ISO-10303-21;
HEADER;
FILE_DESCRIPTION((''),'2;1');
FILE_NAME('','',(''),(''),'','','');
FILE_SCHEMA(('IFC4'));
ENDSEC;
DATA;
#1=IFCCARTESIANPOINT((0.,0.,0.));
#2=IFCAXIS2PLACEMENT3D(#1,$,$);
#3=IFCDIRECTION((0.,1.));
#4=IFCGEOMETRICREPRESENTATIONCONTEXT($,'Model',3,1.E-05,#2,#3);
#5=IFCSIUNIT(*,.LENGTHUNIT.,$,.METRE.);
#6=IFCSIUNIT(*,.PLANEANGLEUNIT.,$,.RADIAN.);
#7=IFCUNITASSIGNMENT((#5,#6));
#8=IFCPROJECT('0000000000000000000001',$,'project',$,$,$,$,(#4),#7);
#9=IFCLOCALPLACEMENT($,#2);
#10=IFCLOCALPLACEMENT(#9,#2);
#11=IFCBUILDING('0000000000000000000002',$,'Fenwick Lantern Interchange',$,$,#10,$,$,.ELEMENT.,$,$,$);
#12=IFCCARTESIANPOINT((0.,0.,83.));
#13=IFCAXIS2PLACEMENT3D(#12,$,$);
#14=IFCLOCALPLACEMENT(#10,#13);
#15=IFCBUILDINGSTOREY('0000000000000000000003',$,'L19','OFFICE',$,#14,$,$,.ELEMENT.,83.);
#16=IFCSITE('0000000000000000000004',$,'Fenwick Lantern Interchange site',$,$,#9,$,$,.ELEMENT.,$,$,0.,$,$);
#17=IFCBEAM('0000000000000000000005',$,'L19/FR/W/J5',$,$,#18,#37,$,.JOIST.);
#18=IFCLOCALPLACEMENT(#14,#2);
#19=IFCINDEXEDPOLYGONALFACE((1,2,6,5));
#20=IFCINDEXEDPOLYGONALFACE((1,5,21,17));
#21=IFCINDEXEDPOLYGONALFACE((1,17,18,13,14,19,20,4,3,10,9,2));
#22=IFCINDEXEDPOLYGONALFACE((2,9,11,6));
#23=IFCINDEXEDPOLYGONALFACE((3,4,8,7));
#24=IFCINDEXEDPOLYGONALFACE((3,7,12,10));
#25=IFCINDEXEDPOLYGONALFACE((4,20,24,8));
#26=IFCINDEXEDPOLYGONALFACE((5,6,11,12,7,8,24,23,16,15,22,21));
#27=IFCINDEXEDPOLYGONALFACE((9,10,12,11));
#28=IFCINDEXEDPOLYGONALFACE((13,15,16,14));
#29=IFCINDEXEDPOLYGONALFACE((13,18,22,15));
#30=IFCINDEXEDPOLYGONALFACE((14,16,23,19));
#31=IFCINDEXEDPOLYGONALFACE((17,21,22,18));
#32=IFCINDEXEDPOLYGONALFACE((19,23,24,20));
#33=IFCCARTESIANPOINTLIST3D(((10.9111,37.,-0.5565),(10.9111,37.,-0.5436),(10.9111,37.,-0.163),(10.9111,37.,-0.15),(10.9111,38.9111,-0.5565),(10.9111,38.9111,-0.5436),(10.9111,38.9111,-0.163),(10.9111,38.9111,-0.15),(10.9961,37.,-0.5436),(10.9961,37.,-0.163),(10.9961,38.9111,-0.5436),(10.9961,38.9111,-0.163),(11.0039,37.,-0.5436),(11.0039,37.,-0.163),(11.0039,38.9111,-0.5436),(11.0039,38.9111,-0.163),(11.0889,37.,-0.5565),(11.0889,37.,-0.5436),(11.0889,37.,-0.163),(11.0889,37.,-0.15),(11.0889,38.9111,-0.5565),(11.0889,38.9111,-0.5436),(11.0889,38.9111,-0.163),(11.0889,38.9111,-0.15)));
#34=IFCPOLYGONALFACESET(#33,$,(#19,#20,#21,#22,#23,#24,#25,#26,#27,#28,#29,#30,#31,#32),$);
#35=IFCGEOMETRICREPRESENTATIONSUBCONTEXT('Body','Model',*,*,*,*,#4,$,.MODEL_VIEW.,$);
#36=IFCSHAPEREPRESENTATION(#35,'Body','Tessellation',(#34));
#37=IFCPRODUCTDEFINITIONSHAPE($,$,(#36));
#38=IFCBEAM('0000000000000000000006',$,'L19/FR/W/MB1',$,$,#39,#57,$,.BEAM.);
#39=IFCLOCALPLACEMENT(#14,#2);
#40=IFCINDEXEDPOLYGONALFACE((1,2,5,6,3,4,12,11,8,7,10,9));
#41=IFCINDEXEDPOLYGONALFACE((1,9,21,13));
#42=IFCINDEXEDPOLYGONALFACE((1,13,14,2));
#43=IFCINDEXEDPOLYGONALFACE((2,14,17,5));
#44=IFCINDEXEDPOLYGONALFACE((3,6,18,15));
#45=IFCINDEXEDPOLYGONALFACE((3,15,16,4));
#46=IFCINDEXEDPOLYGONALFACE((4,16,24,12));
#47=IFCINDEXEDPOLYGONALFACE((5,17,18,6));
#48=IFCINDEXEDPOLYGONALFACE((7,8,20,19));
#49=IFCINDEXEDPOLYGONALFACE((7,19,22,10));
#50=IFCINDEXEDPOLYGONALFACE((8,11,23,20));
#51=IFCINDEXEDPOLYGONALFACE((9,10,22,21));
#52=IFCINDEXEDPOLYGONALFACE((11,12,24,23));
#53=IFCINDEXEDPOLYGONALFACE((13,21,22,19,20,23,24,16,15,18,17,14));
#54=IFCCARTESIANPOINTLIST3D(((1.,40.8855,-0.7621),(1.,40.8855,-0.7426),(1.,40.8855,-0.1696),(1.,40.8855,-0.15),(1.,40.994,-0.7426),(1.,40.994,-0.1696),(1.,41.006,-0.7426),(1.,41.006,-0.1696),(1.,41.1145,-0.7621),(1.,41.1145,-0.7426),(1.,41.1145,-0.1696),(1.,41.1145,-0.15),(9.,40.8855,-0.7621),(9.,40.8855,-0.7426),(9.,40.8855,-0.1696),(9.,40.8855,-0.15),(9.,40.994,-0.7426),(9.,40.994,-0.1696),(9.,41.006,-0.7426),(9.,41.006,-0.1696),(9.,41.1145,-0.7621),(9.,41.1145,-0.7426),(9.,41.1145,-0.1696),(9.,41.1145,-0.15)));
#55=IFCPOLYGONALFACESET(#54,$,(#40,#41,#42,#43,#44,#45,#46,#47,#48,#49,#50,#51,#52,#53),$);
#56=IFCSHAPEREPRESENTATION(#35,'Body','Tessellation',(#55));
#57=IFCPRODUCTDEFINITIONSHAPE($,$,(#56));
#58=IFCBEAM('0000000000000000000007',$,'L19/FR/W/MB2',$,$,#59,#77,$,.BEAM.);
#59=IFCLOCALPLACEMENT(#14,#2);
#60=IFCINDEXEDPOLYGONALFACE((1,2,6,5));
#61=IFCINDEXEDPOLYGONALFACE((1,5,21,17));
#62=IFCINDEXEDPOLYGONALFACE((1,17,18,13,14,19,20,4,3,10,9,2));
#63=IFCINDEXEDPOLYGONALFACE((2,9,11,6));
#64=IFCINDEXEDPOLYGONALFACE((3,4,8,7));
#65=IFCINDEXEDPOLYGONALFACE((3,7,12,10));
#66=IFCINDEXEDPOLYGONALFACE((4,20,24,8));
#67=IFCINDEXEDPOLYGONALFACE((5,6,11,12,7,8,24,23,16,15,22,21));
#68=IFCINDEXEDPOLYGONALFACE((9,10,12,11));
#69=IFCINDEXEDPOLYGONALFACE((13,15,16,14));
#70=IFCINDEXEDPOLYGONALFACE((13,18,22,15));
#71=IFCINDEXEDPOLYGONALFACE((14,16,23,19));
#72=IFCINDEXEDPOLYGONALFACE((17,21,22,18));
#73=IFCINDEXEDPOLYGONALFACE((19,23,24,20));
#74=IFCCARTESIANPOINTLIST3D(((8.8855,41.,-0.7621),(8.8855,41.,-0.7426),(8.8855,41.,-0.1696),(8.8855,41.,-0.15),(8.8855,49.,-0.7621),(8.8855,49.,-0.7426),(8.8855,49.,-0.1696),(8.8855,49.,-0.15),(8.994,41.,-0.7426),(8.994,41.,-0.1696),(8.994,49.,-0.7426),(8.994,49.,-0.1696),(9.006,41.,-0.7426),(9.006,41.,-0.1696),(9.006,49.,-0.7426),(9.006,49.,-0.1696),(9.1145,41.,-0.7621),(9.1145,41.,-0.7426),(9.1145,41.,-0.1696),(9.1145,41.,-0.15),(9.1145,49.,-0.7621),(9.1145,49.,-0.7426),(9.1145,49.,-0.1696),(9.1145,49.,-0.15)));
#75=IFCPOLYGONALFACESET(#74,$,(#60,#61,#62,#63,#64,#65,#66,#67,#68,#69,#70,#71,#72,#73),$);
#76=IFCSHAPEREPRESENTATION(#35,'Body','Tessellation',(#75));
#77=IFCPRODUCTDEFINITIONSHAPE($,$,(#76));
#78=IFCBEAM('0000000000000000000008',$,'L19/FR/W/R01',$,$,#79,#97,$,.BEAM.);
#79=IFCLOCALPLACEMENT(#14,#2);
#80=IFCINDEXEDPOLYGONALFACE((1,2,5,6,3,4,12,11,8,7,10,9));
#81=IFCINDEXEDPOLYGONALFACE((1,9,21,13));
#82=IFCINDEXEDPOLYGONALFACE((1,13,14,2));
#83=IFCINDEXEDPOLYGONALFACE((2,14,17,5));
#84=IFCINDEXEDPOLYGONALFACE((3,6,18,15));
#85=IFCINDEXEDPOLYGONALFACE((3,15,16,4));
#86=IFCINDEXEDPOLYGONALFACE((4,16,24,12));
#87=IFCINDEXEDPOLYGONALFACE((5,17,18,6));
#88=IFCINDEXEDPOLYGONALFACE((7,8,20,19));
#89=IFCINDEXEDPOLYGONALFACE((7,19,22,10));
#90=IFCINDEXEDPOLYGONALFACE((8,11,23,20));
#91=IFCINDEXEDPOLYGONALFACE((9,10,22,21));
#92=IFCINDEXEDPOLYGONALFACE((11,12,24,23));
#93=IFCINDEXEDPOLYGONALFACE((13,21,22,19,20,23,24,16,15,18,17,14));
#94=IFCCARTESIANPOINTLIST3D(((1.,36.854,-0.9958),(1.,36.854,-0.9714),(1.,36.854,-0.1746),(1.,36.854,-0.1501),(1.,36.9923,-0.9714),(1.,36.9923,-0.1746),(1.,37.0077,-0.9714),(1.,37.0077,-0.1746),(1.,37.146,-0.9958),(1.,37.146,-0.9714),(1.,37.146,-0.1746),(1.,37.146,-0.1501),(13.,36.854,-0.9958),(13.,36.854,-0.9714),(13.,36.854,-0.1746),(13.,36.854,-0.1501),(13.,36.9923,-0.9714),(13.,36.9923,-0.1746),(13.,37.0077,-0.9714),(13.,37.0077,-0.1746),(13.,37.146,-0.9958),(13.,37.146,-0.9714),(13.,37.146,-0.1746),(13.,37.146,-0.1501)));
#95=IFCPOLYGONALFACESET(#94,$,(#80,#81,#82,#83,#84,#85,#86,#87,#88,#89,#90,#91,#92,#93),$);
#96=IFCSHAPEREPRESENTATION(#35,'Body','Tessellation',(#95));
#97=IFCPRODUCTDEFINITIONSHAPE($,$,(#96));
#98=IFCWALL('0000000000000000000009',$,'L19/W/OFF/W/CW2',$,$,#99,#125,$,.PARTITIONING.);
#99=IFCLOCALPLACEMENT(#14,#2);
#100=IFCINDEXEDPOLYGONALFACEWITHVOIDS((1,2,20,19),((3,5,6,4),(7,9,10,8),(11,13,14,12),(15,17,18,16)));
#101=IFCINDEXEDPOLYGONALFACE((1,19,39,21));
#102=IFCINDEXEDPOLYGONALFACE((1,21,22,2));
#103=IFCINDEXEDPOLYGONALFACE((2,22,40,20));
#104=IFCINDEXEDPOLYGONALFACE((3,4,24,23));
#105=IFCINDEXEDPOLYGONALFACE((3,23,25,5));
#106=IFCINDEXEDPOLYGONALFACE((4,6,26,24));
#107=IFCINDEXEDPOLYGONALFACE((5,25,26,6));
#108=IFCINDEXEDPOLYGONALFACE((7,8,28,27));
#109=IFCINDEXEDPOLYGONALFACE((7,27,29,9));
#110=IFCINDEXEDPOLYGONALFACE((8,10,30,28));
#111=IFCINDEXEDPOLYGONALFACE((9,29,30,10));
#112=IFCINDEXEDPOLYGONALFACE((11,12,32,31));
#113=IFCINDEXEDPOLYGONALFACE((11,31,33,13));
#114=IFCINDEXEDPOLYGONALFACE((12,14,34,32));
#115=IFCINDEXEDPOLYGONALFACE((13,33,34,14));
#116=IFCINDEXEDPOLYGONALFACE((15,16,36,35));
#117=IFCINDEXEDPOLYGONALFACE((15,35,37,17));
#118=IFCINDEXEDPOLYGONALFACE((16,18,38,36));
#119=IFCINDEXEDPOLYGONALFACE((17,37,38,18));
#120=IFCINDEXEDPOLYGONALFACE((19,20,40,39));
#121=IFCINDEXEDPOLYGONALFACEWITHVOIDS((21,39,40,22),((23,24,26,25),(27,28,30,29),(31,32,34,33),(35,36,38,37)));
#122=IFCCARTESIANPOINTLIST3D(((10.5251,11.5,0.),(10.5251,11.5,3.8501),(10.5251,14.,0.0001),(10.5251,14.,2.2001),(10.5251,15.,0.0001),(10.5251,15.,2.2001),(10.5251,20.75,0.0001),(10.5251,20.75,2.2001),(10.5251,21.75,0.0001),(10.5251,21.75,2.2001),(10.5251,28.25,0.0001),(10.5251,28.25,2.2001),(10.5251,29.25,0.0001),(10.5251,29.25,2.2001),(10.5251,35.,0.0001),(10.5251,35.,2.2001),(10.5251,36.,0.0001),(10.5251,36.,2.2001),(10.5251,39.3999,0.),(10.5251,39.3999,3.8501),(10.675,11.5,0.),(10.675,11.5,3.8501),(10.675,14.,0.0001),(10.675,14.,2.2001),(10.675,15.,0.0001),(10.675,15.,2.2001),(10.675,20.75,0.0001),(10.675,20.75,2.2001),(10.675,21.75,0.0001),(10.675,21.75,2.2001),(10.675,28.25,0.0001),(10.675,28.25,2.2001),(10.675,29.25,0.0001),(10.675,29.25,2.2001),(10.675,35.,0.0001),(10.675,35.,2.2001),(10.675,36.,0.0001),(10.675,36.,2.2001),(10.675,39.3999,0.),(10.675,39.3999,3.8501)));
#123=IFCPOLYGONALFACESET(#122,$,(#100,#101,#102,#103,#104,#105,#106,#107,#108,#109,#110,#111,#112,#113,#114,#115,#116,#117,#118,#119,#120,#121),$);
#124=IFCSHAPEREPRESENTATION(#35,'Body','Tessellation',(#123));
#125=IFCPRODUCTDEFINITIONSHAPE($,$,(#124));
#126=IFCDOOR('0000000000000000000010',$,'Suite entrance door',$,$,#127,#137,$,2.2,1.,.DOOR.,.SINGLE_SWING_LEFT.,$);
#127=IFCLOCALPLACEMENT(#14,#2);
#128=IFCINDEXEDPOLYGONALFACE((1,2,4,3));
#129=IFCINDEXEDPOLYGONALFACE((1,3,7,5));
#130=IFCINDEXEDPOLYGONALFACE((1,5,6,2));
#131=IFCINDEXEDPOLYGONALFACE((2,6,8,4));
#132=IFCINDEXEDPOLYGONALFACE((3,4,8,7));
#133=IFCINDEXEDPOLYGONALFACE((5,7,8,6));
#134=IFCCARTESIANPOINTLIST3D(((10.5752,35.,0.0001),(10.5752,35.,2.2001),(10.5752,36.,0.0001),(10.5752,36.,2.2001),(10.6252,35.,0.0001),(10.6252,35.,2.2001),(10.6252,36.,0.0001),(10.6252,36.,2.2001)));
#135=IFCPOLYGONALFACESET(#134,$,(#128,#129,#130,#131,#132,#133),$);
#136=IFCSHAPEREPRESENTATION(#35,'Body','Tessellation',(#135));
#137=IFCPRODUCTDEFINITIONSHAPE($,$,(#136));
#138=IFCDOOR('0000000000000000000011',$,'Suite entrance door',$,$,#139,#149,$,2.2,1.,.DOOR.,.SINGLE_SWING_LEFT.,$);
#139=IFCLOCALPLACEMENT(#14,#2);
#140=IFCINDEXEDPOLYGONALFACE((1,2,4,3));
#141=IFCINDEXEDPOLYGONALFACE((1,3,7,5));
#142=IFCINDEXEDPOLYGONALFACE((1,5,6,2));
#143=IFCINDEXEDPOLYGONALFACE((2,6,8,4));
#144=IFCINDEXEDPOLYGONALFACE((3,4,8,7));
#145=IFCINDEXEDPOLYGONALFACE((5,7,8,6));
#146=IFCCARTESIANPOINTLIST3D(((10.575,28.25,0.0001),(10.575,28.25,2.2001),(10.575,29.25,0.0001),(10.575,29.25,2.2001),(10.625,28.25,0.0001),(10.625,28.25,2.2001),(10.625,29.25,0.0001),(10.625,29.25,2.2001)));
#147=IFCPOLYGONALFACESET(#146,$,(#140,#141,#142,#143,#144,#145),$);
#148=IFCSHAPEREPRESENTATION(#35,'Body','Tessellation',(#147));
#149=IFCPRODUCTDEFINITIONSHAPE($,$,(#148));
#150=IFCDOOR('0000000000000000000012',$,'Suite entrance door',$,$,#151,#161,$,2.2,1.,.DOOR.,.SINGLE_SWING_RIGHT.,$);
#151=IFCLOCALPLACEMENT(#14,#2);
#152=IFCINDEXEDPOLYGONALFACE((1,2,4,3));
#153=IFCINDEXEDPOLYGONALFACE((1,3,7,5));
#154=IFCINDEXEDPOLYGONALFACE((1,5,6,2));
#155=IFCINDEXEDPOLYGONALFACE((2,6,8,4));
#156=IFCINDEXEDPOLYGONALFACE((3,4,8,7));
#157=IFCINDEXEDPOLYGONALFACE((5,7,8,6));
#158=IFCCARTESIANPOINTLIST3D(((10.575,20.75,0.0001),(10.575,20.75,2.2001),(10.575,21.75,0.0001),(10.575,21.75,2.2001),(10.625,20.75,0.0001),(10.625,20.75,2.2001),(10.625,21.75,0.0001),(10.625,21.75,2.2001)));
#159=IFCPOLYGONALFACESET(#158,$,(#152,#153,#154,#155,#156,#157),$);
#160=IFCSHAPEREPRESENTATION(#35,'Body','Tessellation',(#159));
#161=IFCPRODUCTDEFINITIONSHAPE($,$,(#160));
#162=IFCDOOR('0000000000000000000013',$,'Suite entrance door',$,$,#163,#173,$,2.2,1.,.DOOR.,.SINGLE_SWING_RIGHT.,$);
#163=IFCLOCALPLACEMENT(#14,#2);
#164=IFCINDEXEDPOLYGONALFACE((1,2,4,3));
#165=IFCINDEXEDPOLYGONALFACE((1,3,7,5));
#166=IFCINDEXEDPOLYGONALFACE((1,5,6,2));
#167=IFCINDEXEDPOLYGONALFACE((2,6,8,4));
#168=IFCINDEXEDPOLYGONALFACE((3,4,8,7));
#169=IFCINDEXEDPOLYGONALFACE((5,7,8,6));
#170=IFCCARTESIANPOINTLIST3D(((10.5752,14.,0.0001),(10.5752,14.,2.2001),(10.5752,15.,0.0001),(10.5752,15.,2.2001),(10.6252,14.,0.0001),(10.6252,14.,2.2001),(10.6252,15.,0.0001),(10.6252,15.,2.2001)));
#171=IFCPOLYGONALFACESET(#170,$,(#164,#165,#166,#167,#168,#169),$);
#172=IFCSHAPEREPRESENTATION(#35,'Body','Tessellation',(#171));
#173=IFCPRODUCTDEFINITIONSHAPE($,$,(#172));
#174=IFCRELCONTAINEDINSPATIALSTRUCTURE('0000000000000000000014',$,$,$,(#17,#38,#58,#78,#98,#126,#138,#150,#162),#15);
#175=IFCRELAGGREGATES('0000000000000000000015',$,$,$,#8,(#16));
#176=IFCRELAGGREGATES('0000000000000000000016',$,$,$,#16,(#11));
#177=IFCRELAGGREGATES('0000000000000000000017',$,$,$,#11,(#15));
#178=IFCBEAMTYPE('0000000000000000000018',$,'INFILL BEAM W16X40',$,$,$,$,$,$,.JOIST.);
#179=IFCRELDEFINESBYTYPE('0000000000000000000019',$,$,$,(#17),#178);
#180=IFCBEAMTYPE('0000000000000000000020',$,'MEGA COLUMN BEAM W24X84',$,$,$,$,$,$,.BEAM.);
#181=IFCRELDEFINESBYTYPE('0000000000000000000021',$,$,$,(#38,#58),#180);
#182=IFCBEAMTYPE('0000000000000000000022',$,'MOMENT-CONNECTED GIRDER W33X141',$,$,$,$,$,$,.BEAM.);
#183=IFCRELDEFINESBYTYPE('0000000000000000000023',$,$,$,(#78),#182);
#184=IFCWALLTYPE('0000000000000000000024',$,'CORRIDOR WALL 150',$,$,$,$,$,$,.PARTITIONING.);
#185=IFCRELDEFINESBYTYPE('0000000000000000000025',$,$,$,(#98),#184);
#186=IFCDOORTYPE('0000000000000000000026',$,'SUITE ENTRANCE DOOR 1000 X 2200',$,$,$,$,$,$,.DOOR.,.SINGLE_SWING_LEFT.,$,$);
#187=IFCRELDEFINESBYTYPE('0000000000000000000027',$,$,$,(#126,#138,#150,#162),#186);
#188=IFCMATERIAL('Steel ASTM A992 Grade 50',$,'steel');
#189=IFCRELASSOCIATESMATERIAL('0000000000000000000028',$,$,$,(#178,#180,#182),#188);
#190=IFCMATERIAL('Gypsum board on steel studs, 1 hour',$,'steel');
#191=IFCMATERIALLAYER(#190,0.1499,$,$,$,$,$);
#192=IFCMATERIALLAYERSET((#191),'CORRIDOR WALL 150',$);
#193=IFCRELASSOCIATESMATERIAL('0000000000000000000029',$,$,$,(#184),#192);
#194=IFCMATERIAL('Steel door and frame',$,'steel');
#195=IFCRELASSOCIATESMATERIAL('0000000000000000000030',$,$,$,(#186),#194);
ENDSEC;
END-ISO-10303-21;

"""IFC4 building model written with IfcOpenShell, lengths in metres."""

from ifc_helpers import new_model, si_unit, direction, frame, frame_2d, origin, origin_2d, place, context, subcontext, project, spatial, rectangle, i_section, extrude, material, layer, layer_set, material_profile, profile_set, type_object, element, fill, save


model = new_model("IFC4")

# Units and contexts
model_context = context("Model", 3, precision=1e-05, world=origin(), true_north=direction((0.0, 1.0)))
body_context = subcontext(model_context, "Body", "Model", "MODEL_VIEW")
ifc_project = project(units=[si_unit("LENGTHUNIT", "METRE"), si_unit("PLANEANGLEUNIT", "RADIAN")], contexts=[model_context])

# Site, building, storey
site_placement = place(None, origin())
site = spatial("IfcSite", under=ifc_project, at=site_placement, Name="Fenwick Lantern Interchange site", CompositionType="ELEMENT", RefElevation=0.0)
building_placement = place(site_placement, origin())
building = spatial("IfcBuilding", under=site, at=building_placement, Name="Fenwick Lantern Interchange", CompositionType="ELEMENT")
storey_placement = place(building_placement, frame((0.0, 0.0, 83.0)))
storey = spatial("IfcBuildingStorey", under=building, at=storey_placement, Name="L19", Description="OFFICE", CompositionType="ELEMENT", Elevation=83.0)

# Beams
ifc_material_1 = material(Name="Steel ASTM A992 Grade 50", Category="steel")
ifc_material_profile_1 = material_profile(ifc_material_1, i_section(OverallWidth=0.1777, OverallDepth=0.4065, WebThickness=0.0078, FlangeThickness=0.0129, at=origin_2d()), Name="W16X40")
ifc_profile_set_1 = profile_set([ifc_material_profile_1], Name="Steel ASTM A992 Grade 50")
beam_type_1 = type_object("IfcBeamType", Name="INFILL BEAM W16X40", PredefinedType="JOIST", material=ifc_profile_set_1)
beam_1_placement = place(storey_placement, frame((11.0, 38.9111, -0.3533), z_axis=(0.0, -1.0, 0.0), x_axis=(1.0, 0.0, 0.0)))
element("IfcBeam", 1, at=beam_1_placement, inside=storey, type_object=beam_type_1, Name="L19/FR/W/J5", PredefinedType="JOIST", context=body_context, shape_type="SweptSolid", body=[
    extrude(i_section(OverallWidth=0.1777, OverallDepth=0.4065, WebThickness=0.0078, FlangeThickness=0.0129, at=origin_2d()), origin(), (0.0, 0.0, 1.0), 1.9111),
])
ifc_material_profile_2 = material_profile(ifc_material_1, i_section(OverallWidth=0.229, OverallDepth=0.6121, WebThickness=0.012, FlangeThickness=0.0195, at=origin_2d()), Name="W24X84")
ifc_profile_set_2 = profile_set([ifc_material_profile_2], Name="Steel ASTM A992 Grade 50")
beam_type_2 = type_object("IfcBeamType", Name="MEGA COLUMN BEAM W24X84", PredefinedType="BEAM", material=ifc_profile_set_2)
for number, where, z_axis, x_axis, name in (
    (2, (9.0, 41.0, -0.4561), (-1.0, 0.0, 0.0), (0.0, -1.0, 0.0), "L19/FR/W/MB1"),
    (3, (9.0, 41.0, -0.4561), (0.0, 1.0, 0.0), (-1.0, 0.0, 0.0), "L19/FR/W/MB2"),
):
    element("IfcBeam", number, at=place(storey_placement, frame(where, z_axis=z_axis, x_axis=x_axis)), inside=storey, type_object=beam_type_2, Name=name, PredefinedType="BEAM", context=body_context, shape_type="SweptSolid", body=[
        extrude(i_section(OverallWidth=0.229, OverallDepth=0.6121, WebThickness=0.012, FlangeThickness=0.0195, at=origin_2d()), origin(), (0.0, 0.0, 1.0), 8.0),
    ])
ifc_material_profile_3 = material_profile(ifc_material_1, i_section(OverallWidth=0.292, OverallDepth=0.8457, WebThickness=0.0154, FlangeThickness=0.0244, at=origin_2d()), Name="W33X141")
ifc_profile_set_3 = profile_set([ifc_material_profile_3], Name="Steel ASTM A992 Grade 50")
beam_type_3 = type_object("IfcBeamType", Name="MOMENT-CONNECTED GIRDER W33X141", PredefinedType="BEAM", material=ifc_profile_set_3)
beam_2_placement = place(storey_placement, frame((1.0, 37.0, -0.573), z_axis=(1.0, 0.0, 0.0), x_axis=(0.0, 1.0, 0.0)))
element("IfcBeam", 4, at=beam_2_placement, inside=storey, type_object=beam_type_3, Name="L19/FR/W/R01", PredefinedType="BEAM", context=body_context, shape_type="SweptSolid", body=[
    extrude(i_section(OverallWidth=0.292, OverallDepth=0.8457, WebThickness=0.0154, FlangeThickness=0.0244, at=origin_2d()), origin(), (0.0, 0.0, 1.0), 12.0),
])

# Wall, openings, doors
ifc_material_2 = material(Name="Gypsum board on steel studs, 1 hour", Category="steel")
ifc_layer = layer(ifc_material_2, 0.1499)
ifc_layer_set = layer_set([ifc_layer], Name="CORRIDOR WALL 150")
wall_type = type_object("IfcWallType", Name="CORRIDOR WALL 150", PredefinedType="PARTITIONING", material=ifc_layer_set)
wall_placement = place(storey_placement, frame((10.6001, 39.3999, 0.0), z_axis=(0.0, 0.0, 1.0), x_axis=(0.0, -1.0, 0.0)))
wall = element("IfcWall", 5, at=wall_placement, inside=storey, type_object=wall_type, Name="L19/W/OFF/W/CW2", PredefinedType="PARTITIONING", context=body_context, shape_type="SweptSolid", body=[
    extrude(rectangle(XDim=27.8999, YDim=0.1499, at=frame_2d((13.95, 0.0))), origin(), (0.0, 0.0, 1.0), 3.8501),
])
opening_1_placement = place(wall_placement, frame((3.3999, 0.0, 0.0)))
opening_1 = element("IfcOpeningElement", 6, at=opening_1_placement, cuts=wall, PredefinedType="OPENING", context=body_context, shape_type="SweptSolid", body=[
    extrude(rectangle(XDim=1.0, YDim=2.2, at=frame_2d((0.5, 1.1001))), frame((0.0, 0.085, 0.0), z_axis=(0.0, -1.0, 0.0), x_axis=(1.0, 0.0, 0.0)), (0.0, 0.0, 1.0), 0.1699),
])
opening_2_placement = place(wall_placement, frame((10.1499, 0.0, 0.0)))
opening_2 = element("IfcOpeningElement", 7, at=opening_2_placement, cuts=wall, PredefinedType="OPENING", context=body_context, shape_type="SweptSolid", body=[
    extrude(rectangle(XDim=1.0, YDim=2.2, at=frame_2d((0.5, 1.1001))), frame((0.0, 0.085, 0.0), z_axis=(0.0, -1.0, 0.0), x_axis=(1.0, 0.0, 0.0)), (0.0, 0.0, 1.0), 0.1699),
])
opening_3_placement = place(wall_placement, frame((17.6499, 0.0, 0.0)))
opening_3 = element("IfcOpeningElement", 8, at=opening_3_placement, cuts=wall, PredefinedType="OPENING", context=body_context, shape_type="SweptSolid", body=[
    extrude(rectangle(XDim=1.0, YDim=2.2, at=frame_2d((0.5, 1.1001))), frame((0.0, 0.085, 0.0), z_axis=(0.0, -1.0, 0.0), x_axis=(1.0, 0.0, 0.0)), (0.0, 0.0, 1.0), 0.1699),
])
opening_4_placement = place(wall_placement, frame((24.3999, 0.0, 0.0)))
opening_4 = element("IfcOpeningElement", 9, at=opening_4_placement, cuts=wall, PredefinedType="OPENING", context=body_context, shape_type="SweptSolid", body=[
    extrude(rectangle(XDim=1.0, YDim=2.2, at=frame_2d((0.5, 1.1001))), frame((0.0, 0.085, 0.0), z_axis=(0.0, -1.0, 0.0), x_axis=(1.0, 0.0, 0.0)), (0.0, 0.0, 1.0), 0.1699),
])
ifc_material_3 = material(Name="Steel door and frame", Category="steel")
door_type = type_object("IfcDoorType", Name="SUITE ENTRANCE DOOR 1000 X 2200", OperationType="SINGLE_SWING_LEFT", PredefinedType="DOOR", material=ifc_material_3)
door_1_placement = place(opening_1_placement, frame((1.0, 0.0, 0.0), z_axis=(0.0, 0.0, 1.0), x_axis=(-1.0, 0.0, 0.0)))
door_1 = element("IfcDoor", 10, at=door_1_placement, inside=storey, type_object=door_type, Name="Suite entrance door", OperationType="SINGLE_SWING_LEFT", OverallHeight=2.2, OverallWidth=1.0, PredefinedType="DOOR", context=body_context, shape_type="SweptSolid", body=[
    extrude(rectangle(XDim=1.0, YDim=2.2, at=frame_2d((0.5, 1.1001))), frame((0.0, 0.0249, 0.0), z_axis=(0.0, -1.0, 0.0), x_axis=(1.0, 0.0, 0.0)), (0.0, 0.0, 1.0), 0.05),
])
fill(opening_1, door_1)
door_2_placement = place(opening_2_placement, origin())
door_2 = element("IfcDoor", 11, at=door_2_placement, inside=storey, type_object=door_type, Name="Suite entrance door", OperationType="SINGLE_SWING_LEFT", OverallHeight=2.2, OverallWidth=1.0, PredefinedType="DOOR", context=body_context, shape_type="SweptSolid", body=[
    extrude(rectangle(XDim=1.0, YDim=2.2, at=frame_2d((0.5, 1.1001))), frame((0.0, 0.0249, 0.0), z_axis=(0.0, -1.0, 0.0), x_axis=(1.0, 0.0, 0.0)), (0.0, 0.0, 1.0), 0.05),
])
fill(opening_2, door_2)
door_3_placement = place(opening_3_placement, origin())
door_3 = element("IfcDoor", 12, at=door_3_placement, inside=storey, type_object=door_type, Name="Suite entrance door", OperationType="SINGLE_SWING_RIGHT", OverallHeight=2.2, OverallWidth=1.0, PredefinedType="DOOR", context=body_context, shape_type="SweptSolid", body=[
    extrude(rectangle(XDim=1.0, YDim=2.2, at=frame_2d((0.5, 1.1001))), frame((0.0, 0.0249, 0.0), z_axis=(0.0, -1.0, 0.0), x_axis=(1.0, 0.0, 0.0)), (0.0, 0.0, 1.0), 0.05),
])
fill(opening_3, door_3)
door_4_placement = place(opening_4_placement, frame((1.0, 0.0, 0.0), z_axis=(0.0, 0.0, 1.0), x_axis=(-1.0, 0.0, 0.0)))
door_4 = element("IfcDoor", 13, at=door_4_placement, inside=storey, type_object=door_type, Name="Suite entrance door", OperationType="SINGLE_SWING_RIGHT", OverallHeight=2.2, OverallWidth=1.0, PredefinedType="DOOR", context=body_context, shape_type="SweptSolid", body=[
    extrude(rectangle(XDim=1.0, YDim=2.2, at=frame_2d((0.5, 1.1001))), frame((0.0, 0.0249, 0.0), z_axis=(0.0, -1.0, 0.0), x_axis=(1.0, 0.0, 0.0)), (0.0, 0.0, 1.0), 0.05),
])
fill(opening_4, door_4)

save(model, "model.ifc")
